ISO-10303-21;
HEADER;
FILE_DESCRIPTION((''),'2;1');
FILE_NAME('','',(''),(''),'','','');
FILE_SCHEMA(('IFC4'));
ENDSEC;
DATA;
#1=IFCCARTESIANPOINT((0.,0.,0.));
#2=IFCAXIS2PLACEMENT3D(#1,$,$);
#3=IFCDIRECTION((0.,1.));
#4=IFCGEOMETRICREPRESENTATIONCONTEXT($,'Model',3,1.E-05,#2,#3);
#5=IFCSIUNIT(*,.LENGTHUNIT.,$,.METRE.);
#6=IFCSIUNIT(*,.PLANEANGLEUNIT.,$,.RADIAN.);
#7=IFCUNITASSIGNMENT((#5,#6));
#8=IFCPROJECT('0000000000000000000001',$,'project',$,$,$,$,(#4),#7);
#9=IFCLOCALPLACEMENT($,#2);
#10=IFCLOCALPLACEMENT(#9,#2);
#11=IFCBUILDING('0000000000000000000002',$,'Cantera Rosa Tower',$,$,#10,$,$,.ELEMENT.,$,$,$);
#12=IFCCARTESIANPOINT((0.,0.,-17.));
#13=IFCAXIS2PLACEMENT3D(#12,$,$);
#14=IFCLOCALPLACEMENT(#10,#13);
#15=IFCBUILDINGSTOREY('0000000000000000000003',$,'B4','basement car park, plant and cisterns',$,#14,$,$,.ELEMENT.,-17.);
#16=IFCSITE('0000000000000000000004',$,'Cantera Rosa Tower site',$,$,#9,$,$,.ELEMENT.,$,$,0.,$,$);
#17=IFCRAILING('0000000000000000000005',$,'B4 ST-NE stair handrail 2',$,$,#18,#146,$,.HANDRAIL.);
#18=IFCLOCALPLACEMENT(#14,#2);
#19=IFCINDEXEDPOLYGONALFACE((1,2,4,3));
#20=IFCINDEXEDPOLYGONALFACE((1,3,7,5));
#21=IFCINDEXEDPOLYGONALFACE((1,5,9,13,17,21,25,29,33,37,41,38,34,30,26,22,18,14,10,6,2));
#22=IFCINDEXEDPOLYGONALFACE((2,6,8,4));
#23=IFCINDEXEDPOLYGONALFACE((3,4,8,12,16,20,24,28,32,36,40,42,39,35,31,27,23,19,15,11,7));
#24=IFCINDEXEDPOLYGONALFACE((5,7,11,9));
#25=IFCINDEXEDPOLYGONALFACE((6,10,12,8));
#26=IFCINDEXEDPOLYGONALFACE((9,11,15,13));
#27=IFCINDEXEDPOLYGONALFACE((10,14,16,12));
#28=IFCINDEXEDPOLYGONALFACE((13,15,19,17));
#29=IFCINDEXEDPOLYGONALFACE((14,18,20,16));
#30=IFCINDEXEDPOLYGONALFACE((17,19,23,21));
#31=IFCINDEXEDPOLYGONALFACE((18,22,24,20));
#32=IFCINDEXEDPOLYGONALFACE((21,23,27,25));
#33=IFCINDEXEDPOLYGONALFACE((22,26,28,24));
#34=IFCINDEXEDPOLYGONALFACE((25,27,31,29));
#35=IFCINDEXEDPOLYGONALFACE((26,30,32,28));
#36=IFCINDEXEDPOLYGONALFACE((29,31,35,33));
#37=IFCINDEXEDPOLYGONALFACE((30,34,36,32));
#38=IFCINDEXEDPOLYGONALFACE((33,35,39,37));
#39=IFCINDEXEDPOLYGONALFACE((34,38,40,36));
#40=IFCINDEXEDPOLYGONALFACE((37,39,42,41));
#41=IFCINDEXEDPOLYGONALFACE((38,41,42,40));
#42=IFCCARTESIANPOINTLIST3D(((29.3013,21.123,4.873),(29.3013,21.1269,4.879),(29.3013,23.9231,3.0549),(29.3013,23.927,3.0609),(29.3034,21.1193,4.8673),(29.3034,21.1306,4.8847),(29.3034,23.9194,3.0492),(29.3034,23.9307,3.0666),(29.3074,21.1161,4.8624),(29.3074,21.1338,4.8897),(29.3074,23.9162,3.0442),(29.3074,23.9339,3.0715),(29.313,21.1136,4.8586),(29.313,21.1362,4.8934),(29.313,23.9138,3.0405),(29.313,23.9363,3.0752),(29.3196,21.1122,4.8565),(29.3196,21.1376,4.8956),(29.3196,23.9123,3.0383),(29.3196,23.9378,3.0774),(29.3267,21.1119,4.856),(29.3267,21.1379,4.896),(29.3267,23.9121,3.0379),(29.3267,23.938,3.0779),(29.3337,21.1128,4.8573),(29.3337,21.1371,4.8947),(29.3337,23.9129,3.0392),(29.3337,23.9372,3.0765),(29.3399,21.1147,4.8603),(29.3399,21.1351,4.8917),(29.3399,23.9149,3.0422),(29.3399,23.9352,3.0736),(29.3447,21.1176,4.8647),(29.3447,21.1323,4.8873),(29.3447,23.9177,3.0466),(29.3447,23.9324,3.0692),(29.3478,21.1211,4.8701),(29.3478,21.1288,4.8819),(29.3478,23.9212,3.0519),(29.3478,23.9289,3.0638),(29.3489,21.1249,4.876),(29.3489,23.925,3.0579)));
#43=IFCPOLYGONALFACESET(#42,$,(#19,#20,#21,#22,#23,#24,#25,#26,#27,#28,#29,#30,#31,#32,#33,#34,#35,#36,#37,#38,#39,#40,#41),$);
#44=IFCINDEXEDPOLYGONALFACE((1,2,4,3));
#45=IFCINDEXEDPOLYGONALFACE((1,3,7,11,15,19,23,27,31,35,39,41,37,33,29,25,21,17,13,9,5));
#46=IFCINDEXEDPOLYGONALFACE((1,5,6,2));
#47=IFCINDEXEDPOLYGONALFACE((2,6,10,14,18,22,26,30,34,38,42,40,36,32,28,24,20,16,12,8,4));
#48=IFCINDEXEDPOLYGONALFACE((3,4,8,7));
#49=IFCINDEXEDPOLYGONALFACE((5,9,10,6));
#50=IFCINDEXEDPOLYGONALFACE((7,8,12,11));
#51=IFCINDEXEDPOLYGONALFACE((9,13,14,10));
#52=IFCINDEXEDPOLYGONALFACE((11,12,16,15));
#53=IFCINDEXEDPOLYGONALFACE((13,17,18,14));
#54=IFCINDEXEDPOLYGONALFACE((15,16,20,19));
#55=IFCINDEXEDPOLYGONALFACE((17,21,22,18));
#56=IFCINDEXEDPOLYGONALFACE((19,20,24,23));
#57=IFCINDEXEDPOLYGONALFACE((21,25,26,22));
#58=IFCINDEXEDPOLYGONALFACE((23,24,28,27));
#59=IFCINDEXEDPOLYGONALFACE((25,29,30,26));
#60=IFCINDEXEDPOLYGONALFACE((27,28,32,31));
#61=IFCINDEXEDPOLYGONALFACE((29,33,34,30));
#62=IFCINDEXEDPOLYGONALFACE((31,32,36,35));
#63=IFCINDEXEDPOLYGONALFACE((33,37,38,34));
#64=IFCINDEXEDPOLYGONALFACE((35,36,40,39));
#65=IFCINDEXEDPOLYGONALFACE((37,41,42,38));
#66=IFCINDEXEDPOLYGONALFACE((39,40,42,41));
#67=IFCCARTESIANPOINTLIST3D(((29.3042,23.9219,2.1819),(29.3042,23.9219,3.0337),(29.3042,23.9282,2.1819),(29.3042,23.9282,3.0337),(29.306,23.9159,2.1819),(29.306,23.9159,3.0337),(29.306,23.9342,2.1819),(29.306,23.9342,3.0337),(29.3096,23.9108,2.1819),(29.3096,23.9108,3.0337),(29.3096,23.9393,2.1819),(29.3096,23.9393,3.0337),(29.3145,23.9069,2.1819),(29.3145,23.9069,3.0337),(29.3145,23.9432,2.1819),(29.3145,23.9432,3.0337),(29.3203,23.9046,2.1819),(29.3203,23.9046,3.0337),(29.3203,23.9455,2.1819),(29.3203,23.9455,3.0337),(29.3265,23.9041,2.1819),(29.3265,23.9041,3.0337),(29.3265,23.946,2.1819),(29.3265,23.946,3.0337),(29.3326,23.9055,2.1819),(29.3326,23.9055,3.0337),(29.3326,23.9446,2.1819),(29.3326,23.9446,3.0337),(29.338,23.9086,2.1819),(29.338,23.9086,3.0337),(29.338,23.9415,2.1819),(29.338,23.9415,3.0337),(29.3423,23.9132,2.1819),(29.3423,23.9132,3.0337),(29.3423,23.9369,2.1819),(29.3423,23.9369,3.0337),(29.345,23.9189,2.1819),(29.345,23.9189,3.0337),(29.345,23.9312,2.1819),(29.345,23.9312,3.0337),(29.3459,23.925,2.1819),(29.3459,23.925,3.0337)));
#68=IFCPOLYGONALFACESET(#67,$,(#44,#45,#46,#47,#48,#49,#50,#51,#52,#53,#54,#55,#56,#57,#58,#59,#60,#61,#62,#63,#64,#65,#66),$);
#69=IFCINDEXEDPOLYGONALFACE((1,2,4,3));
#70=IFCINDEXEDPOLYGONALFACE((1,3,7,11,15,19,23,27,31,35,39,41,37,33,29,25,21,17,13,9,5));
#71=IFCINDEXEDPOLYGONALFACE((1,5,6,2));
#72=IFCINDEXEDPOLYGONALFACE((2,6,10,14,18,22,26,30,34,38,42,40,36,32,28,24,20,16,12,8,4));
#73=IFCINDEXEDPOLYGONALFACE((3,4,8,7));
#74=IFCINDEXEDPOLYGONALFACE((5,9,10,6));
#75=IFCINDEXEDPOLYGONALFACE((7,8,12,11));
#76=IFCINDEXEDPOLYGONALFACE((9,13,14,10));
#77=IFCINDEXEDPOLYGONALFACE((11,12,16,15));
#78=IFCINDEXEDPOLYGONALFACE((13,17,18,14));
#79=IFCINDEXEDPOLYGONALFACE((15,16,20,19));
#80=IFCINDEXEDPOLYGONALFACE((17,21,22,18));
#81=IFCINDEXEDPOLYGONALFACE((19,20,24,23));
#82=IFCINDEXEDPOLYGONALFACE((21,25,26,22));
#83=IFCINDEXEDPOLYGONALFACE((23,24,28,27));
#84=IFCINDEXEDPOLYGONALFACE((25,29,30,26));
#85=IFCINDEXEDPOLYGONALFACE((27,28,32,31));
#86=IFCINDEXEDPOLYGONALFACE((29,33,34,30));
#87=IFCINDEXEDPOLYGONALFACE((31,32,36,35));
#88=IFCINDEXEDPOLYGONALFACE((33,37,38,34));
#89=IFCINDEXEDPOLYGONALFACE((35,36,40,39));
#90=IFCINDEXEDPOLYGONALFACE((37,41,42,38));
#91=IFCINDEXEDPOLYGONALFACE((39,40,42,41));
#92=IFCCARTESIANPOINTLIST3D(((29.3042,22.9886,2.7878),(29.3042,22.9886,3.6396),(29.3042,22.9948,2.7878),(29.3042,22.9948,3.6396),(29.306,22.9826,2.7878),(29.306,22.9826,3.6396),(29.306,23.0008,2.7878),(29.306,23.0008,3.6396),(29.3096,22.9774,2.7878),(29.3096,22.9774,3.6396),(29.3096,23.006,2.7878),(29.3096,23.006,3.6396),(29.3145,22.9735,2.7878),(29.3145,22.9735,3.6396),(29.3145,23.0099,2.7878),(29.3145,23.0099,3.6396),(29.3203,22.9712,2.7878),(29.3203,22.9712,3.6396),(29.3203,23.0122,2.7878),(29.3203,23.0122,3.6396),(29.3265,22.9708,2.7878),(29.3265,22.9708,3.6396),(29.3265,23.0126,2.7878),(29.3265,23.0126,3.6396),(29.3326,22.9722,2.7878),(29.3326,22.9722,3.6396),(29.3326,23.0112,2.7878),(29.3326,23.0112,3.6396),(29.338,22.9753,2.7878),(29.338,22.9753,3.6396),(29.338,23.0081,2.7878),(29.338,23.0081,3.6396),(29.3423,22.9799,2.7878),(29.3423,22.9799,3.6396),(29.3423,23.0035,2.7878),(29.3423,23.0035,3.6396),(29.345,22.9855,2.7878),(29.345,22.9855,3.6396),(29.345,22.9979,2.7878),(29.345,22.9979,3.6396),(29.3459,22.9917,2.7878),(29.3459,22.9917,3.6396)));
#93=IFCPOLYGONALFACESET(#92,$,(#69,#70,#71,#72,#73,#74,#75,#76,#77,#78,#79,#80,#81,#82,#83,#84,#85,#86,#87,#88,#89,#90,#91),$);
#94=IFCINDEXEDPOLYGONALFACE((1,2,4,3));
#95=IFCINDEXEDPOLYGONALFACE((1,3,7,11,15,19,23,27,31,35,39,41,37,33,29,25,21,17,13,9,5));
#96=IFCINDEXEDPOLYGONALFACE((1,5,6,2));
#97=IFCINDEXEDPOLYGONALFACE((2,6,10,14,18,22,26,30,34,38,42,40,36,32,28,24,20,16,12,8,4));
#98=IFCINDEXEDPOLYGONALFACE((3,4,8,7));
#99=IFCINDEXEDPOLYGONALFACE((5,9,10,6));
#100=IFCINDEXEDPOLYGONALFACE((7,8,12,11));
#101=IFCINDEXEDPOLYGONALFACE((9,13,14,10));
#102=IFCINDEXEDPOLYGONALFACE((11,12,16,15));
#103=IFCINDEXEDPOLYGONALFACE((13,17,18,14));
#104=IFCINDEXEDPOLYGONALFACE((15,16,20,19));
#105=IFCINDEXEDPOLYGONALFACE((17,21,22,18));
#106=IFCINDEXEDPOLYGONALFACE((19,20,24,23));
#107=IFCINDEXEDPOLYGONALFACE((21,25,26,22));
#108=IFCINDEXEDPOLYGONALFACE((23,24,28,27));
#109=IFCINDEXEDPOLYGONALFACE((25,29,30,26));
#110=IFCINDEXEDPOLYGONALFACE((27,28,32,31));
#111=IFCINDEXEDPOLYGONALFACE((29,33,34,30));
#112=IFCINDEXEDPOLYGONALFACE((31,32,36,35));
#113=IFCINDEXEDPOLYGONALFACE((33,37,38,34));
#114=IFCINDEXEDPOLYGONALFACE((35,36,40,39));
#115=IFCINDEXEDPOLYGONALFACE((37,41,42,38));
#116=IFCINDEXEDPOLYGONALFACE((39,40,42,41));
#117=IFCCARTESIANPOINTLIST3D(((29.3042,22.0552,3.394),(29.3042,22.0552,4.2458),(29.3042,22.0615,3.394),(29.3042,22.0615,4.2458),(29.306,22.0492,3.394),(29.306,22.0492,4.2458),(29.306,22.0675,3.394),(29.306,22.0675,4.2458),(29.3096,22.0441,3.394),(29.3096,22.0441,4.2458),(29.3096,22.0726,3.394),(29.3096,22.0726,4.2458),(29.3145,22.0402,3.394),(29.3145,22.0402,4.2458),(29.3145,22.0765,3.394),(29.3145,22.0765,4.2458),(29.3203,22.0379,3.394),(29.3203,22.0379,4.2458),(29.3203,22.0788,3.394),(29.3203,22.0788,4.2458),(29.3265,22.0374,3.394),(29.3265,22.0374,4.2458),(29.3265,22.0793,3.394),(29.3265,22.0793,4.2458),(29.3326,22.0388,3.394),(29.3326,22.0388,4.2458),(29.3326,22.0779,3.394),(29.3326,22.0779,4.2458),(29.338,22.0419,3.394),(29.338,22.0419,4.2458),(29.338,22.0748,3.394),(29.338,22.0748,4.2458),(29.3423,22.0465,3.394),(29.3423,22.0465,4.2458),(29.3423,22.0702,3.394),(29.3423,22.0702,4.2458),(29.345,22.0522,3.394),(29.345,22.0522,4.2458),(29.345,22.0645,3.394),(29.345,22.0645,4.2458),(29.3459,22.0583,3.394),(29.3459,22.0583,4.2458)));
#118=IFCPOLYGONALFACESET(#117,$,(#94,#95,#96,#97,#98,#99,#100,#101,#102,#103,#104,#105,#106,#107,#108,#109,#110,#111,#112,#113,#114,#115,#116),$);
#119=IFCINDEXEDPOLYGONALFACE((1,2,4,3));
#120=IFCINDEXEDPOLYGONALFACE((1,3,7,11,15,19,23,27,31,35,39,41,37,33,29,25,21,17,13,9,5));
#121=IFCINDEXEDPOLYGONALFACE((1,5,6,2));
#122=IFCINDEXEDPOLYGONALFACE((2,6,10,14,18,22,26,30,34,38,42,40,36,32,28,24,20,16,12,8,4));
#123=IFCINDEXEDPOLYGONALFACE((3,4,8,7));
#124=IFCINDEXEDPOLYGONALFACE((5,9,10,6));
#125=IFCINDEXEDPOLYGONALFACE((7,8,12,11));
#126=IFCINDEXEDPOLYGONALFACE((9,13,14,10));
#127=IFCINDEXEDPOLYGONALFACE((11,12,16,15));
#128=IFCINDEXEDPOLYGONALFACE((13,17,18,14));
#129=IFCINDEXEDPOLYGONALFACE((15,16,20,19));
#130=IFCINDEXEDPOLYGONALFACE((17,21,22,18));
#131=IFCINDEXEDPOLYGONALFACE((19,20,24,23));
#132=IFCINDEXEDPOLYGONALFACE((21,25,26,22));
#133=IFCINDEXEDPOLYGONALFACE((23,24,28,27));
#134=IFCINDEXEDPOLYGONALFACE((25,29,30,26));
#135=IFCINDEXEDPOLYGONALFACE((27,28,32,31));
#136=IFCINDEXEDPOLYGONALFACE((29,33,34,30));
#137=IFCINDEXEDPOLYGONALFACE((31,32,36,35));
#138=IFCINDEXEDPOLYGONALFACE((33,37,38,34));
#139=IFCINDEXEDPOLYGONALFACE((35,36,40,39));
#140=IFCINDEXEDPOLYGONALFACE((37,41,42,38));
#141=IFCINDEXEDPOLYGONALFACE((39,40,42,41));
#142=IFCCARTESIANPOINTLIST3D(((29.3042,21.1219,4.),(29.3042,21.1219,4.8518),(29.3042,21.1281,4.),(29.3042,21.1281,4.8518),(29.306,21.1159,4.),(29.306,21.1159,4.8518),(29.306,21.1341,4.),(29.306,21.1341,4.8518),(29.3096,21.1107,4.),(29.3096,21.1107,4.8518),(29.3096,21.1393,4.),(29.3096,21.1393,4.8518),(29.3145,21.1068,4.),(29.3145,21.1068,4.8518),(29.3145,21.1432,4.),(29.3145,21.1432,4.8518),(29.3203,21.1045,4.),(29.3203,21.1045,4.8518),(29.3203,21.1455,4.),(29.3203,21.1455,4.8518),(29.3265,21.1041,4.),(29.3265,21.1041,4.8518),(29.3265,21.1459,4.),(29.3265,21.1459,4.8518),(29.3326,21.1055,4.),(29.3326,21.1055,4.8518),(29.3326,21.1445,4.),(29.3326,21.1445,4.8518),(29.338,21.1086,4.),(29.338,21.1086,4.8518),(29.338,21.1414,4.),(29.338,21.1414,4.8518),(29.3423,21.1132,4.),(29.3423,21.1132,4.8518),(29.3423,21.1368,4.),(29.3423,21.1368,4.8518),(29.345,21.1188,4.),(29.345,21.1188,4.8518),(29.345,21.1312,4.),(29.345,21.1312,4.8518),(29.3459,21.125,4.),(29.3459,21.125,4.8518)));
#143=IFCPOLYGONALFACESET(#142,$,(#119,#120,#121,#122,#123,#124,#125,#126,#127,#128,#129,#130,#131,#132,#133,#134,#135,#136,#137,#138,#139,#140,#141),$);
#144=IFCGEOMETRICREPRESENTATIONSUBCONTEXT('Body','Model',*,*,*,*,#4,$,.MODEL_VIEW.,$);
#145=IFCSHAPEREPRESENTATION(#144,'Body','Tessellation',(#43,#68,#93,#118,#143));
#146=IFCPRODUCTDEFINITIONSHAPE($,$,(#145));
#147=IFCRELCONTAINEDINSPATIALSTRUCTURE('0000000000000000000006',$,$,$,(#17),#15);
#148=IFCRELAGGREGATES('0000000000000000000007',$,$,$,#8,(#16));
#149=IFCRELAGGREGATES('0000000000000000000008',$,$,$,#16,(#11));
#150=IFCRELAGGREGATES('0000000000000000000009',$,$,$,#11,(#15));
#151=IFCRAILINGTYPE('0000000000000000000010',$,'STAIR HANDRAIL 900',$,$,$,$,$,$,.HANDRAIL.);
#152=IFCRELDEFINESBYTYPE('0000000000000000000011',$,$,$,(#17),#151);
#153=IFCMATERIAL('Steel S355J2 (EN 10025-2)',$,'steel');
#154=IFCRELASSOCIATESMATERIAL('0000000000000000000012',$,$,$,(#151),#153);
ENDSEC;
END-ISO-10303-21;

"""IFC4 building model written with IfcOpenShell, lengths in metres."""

from ifc_helpers import new_model, si_unit, direction, frame, origin, origin_2d, place, context, subcontext, project, spatial, circle, extrude, material, type_object, element, save


model = new_model("IFC4")

# Units and contexts
model_context = context("Model", 3, precision=1e-05, world=origin(), true_north=direction((0.0, 1.0)))
body_context = subcontext(model_context, "Body", "Model", "MODEL_VIEW")
ifc_project = project(units=[si_unit("LENGTHUNIT", "METRE"), si_unit("PLANEANGLEUNIT", "RADIAN")], contexts=[model_context])

# Site, building, storey
site_placement = place(None, origin())
site = spatial("IfcSite", under=ifc_project, at=site_placement, Name="Cantera Rosa Tower site", CompositionType="ELEMENT", RefElevation=0.0)
building_placement = place(site_placement, origin())
building = spatial("IfcBuilding", under=site, at=building_placement, Name="Cantera Rosa Tower", CompositionType="ELEMENT")
storey_placement = place(building_placement, frame((0.0, 0.0, -17.0)))
storey = spatial("IfcBuildingStorey", under=building, at=storey_placement, Name="B4", Description="basement car park, plant and cisterns", CompositionType="ELEMENT", Elevation=-17.0)

# Railing
ifc_material_1 = material(Name="Steel S355J2 (EN 10025-2)", Category="steel")
railing_type_1 = type_object("IfcRailingType", Name="STAIR HANDRAIL 900", PredefinedType="HANDRAIL", material=ifc_material_1)
railing_1_placement = place(storey_placement, frame((29.325, 23.925, 2.1819)))
element("IfcRailing", 1, at=railing_1_placement, inside=storey, type_object=railing_type_1, Name="B4 ST-NE stair handrail 2", PredefinedType="HANDRAIL", context=body_context, shape_type="SweptSolid", body=[
    extrude(circle(Radius=0.0239, at=origin_2d()), frame((0.0, 0.0, 0.876), z_axis=(0.0, -0.838706, 0.544585), x_axis=(1.0, 0.0, 0.0)), (0.0, 0.0, 1.0), 3.3386),
    extrude(circle(Radius=0.021, at=origin_2d()), origin(), (0.0, 0.0, 1.0), 0.8518),
    extrude(circle(Radius=0.021, at=origin_2d()), frame((0.0, -0.9333, 0.606)), (0.0, 0.0, 1.0), 0.8518),
    extrude(circle(Radius=0.021, at=origin_2d()), frame((0.0, -1.8667, 1.2122)), (0.0, 0.0, 1.0), 0.8518),
    extrude(circle(Radius=0.021, at=origin_2d()), frame((0.0, -2.8, 1.8181)), (0.0, 0.0, 1.0), 0.8518),
])

save(model, "model.ifc")
